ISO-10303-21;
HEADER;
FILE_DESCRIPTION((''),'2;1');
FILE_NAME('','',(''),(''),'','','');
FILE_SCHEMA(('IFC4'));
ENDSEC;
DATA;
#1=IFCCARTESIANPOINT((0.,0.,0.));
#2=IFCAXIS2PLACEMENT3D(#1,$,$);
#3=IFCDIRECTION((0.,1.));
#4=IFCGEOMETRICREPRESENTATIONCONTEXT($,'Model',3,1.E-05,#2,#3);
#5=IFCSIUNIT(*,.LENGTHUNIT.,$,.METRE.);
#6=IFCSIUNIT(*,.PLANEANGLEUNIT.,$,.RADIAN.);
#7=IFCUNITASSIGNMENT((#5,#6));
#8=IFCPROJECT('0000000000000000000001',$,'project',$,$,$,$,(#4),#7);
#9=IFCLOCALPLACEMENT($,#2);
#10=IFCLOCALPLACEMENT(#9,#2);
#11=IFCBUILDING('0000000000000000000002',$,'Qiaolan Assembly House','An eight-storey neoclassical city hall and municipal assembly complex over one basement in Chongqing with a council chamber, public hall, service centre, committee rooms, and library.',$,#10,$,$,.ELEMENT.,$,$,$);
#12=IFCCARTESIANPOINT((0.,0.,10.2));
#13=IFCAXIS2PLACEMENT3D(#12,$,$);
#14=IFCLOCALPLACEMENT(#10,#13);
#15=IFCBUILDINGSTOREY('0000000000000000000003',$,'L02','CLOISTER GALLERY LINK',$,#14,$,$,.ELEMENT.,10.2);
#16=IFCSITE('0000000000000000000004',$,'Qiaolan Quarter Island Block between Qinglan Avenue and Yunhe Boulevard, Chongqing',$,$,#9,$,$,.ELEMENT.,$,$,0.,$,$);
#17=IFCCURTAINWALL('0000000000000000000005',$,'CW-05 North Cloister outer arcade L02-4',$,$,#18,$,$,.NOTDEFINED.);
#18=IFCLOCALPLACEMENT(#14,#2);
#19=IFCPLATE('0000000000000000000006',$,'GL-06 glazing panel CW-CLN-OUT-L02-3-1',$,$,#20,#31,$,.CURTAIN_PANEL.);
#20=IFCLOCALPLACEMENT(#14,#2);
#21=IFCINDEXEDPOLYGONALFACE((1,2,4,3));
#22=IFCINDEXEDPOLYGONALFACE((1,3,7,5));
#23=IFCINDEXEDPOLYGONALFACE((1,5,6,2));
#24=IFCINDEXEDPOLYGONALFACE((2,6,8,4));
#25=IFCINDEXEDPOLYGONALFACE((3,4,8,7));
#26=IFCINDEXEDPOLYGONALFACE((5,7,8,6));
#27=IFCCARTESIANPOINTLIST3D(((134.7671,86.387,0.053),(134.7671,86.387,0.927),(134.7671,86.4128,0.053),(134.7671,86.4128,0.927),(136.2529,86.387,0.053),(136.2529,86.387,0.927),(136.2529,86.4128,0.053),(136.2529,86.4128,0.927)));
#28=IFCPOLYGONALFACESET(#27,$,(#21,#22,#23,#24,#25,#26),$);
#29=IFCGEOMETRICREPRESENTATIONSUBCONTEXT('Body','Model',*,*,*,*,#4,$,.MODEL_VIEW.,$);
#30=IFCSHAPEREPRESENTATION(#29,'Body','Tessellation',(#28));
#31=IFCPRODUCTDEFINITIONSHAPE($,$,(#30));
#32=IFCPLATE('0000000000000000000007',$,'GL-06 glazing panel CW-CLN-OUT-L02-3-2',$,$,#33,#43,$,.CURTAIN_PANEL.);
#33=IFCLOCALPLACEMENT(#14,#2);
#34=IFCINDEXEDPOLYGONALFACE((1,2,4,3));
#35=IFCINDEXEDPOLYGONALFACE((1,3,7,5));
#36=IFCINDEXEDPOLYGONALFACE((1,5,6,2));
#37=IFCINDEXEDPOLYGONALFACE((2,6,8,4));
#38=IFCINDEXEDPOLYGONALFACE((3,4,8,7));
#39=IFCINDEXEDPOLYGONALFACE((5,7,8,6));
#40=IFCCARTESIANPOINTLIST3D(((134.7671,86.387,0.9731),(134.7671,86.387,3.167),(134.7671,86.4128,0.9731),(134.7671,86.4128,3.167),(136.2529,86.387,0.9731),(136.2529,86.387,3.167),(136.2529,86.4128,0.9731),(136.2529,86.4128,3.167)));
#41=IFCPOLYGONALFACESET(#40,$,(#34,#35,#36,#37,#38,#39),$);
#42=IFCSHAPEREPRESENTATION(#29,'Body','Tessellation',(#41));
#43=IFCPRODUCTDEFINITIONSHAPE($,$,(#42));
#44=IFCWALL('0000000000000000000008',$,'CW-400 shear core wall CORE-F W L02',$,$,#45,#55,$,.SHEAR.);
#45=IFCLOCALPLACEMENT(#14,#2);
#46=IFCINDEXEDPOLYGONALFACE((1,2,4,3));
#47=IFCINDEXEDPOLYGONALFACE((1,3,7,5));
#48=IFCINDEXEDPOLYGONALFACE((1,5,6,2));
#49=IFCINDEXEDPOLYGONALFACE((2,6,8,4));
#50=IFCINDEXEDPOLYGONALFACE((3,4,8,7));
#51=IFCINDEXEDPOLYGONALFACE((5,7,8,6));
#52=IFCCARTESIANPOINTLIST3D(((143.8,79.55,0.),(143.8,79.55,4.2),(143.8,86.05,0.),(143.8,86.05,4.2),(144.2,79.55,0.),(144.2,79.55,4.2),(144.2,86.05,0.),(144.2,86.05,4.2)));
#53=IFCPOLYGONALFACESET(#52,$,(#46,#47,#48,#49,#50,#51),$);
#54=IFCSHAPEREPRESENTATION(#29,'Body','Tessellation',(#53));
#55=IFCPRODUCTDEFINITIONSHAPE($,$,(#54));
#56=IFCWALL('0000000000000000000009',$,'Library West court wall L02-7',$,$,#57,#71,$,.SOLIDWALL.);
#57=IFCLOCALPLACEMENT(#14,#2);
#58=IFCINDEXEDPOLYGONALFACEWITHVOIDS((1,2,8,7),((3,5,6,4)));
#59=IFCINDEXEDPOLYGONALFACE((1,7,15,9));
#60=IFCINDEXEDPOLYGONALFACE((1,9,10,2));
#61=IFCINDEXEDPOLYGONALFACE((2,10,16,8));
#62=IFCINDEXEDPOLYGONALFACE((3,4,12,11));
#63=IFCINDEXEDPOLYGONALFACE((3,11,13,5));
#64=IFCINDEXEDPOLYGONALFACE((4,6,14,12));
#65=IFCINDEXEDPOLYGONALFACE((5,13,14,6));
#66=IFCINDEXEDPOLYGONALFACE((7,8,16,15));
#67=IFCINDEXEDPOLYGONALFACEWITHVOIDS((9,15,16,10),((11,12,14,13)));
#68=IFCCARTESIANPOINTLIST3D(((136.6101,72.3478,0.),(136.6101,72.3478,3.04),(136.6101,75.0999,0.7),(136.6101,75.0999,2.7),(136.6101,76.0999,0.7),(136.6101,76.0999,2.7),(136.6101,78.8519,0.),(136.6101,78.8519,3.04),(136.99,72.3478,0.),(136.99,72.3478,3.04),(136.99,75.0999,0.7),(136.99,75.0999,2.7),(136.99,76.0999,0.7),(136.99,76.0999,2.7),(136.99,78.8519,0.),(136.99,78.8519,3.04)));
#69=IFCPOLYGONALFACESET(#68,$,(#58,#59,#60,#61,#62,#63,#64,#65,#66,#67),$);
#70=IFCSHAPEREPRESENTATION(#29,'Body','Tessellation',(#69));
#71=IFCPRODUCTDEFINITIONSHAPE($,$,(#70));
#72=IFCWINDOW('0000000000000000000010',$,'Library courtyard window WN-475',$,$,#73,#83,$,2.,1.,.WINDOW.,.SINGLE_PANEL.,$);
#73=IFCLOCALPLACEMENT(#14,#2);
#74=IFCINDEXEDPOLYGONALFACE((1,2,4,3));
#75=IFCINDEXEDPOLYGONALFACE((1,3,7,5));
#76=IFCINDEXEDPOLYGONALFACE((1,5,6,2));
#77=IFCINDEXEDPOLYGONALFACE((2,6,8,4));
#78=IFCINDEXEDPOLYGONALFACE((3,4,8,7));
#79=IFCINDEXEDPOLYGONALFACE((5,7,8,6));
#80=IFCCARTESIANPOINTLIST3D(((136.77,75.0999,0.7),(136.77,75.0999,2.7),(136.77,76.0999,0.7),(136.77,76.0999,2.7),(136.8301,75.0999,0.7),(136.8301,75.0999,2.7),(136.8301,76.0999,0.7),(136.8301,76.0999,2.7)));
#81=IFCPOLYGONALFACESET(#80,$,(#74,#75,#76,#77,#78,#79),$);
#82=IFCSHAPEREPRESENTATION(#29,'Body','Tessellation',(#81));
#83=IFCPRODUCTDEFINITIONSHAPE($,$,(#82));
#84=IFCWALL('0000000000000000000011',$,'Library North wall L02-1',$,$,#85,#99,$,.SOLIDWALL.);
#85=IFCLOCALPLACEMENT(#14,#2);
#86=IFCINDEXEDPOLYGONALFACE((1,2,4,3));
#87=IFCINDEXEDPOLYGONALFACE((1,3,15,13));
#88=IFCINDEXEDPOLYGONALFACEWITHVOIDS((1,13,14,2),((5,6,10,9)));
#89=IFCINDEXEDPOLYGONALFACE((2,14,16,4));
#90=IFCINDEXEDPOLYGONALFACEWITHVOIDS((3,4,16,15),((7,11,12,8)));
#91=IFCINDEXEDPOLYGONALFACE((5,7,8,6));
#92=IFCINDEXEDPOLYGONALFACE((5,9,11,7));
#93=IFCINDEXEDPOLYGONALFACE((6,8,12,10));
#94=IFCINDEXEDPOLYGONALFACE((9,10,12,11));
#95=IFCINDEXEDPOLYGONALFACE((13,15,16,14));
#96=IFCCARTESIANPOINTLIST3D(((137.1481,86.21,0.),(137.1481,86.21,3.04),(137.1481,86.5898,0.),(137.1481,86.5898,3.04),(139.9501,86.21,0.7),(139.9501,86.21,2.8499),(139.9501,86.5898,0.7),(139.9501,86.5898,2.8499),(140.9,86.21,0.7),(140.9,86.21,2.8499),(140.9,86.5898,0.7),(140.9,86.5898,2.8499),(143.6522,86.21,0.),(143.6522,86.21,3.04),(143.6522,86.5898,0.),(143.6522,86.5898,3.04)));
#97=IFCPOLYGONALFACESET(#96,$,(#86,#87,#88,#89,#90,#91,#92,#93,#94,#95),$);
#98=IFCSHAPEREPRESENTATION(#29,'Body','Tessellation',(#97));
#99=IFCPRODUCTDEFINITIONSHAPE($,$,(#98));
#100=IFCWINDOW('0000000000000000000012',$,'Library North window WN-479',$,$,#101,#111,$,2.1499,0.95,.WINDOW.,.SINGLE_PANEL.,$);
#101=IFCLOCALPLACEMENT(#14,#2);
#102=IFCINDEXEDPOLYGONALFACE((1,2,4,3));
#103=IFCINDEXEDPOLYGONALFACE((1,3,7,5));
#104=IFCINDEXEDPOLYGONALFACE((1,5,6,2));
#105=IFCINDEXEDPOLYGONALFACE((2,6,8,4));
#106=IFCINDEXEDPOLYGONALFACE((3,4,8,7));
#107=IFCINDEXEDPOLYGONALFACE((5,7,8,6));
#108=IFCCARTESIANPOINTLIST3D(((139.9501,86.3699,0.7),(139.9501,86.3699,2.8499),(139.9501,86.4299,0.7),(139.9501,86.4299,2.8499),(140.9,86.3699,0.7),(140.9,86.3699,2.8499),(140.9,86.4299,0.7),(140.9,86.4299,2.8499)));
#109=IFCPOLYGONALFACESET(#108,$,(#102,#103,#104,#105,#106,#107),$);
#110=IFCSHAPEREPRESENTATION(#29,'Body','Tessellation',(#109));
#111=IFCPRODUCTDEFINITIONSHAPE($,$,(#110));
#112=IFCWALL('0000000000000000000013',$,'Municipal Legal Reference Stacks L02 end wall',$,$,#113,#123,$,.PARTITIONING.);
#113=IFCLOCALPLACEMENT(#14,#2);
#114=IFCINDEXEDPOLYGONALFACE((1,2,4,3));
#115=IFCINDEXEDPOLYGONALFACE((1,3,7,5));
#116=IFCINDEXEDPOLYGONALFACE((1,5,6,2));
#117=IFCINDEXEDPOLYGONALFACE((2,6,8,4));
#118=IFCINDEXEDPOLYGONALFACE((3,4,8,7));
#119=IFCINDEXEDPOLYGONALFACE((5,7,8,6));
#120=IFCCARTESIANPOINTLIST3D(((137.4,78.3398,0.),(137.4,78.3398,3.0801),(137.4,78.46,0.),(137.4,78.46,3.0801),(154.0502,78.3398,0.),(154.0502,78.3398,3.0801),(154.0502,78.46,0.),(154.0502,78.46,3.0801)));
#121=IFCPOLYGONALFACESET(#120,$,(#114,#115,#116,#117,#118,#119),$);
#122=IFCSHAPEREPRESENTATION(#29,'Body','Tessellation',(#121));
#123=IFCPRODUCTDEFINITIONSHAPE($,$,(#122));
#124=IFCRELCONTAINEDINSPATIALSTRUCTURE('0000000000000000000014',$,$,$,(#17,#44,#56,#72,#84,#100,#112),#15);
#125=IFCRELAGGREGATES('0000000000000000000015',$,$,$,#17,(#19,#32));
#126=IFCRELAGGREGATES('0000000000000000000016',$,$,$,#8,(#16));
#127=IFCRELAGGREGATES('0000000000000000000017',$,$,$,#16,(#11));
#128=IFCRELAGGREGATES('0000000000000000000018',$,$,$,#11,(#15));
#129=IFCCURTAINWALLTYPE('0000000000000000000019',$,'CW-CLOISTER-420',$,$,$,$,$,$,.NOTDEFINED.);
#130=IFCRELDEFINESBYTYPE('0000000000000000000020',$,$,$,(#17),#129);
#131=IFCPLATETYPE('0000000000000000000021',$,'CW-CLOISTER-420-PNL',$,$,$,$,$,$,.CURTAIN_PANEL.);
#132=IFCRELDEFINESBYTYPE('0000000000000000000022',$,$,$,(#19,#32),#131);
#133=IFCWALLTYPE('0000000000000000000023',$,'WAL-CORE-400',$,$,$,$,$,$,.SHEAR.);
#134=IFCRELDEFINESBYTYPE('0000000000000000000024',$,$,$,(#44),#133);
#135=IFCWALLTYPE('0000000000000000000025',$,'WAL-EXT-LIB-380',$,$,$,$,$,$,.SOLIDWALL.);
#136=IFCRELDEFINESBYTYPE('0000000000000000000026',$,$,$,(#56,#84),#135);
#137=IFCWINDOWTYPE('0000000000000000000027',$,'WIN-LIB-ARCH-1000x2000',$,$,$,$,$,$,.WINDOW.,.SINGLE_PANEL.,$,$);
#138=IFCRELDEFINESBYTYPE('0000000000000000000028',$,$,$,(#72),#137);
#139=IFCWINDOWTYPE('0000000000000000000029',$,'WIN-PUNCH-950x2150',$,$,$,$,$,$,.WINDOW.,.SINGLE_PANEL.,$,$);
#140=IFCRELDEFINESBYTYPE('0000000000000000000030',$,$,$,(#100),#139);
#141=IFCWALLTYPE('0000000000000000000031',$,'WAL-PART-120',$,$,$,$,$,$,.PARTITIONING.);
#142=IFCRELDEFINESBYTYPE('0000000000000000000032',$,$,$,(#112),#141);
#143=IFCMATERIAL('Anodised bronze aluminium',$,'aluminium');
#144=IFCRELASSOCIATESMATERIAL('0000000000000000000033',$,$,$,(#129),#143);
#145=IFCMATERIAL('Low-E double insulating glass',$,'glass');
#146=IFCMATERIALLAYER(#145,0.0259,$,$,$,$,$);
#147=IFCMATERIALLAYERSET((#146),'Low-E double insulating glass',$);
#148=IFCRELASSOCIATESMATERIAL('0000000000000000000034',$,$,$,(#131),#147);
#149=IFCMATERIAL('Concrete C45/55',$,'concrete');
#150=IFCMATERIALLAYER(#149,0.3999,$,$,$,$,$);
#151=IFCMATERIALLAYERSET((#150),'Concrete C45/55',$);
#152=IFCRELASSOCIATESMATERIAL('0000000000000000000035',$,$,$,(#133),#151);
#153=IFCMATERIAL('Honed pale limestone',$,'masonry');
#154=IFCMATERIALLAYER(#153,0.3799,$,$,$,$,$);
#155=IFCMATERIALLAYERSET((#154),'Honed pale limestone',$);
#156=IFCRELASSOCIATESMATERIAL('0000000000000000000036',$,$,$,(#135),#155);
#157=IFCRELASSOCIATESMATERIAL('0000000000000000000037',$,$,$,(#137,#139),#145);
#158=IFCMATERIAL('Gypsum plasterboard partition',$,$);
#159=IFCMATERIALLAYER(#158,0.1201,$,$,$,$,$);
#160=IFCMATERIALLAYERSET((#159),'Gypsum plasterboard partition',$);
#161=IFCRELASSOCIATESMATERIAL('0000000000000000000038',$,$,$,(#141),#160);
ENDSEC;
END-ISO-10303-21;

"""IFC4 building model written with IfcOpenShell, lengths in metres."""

from ifc_helpers import new_model, si_unit, direction, frame, frame_2d, origin, place, context, subcontext, project, spatial, rectangle, extrude, material, layer, layer_set, type_object, element, fill, aggregate, save


model = new_model("IFC4")

# Units and contexts
model_context = context("Model", 3, precision=1e-05, world=origin(), true_north=direction((0.0, 1.0)))
body_context = subcontext(model_context, "Body", "Model", "MODEL_VIEW")
ifc_project = project(units=[si_unit("LENGTHUNIT", "METRE"), si_unit("PLANEANGLEUNIT", "RADIAN")], contexts=[model_context])

# Site, building, storey
site_placement = place(None, origin())
site = spatial("IfcSite", under=ifc_project, at=site_placement, Name="Qiaolan Quarter Island Block between Qinglan Avenue and Yunhe Boulevard, Chongqing", CompositionType="ELEMENT", RefElevation=0.0)
building_placement = place(site_placement, origin())
building = spatial("IfcBuilding", under=site, at=building_placement, Name="Qiaolan Assembly House", Description="An eight-storey neoclassical city hall and municipal assembly complex over one basement in Chongqing with a council chamber, public hall, service centre, committee rooms, and library.", CompositionType="ELEMENT")
storey_placement = place(building_placement, frame((0.0, 0.0, 10.2)))
storey = spatial("IfcBuildingStorey", under=building, at=storey_placement, Name="L02", Description="CLOISTER GALLERY LINK", CompositionType="ELEMENT", Elevation=10.2)

# Shared definitions
ifc_material_1 = material(Name="Concrete C45/55", Category="concrete")

# Curtain wall
ifc_material_2 = material(Name="Anodised bronze aluminium", Category="aluminium")
curtain_wall_type = type_object("IfcCurtainWallType", Name="CW-CLOISTER-420", PredefinedType="NOTDEFINED", material=ifc_material_2)
curtain_wall_1_placement = place(storey_placement, origin())
curtain_wall_1 = element("IfcCurtainWall", 1, at=curtain_wall_1_placement, inside=storey, type_object=curtain_wall_type, Name="CW-05 North Cloister outer arcade L02-4", PredefinedType="NOTDEFINED")

# Plates
ifc_material_3 = material(Name="Low-E double insulating glass", Category="glass")
ifc_layer_1 = layer(ifc_material_3, 0.0259)
ifc_layer_set_1 = layer_set([ifc_layer_1], Name="Low-E double insulating glass")
plate_type = type_object("IfcPlateType", Name="CW-CLOISTER-420-PNL", PredefinedType="CURTAIN_PANEL", material=ifc_layer_set_1)
plate_1_placement = place(storey_placement, frame((136.2529, 86.3999, 0.053), z_axis=(0.0, 0.0, 1.0), x_axis=(-1.0, 0.0, 0.0)))
plate_1 = element("IfcPlate", 2, at=plate_1_placement, type_object=plate_type, Name="GL-06 glazing panel CW-CLN-OUT-L02-3-1", PredefinedType="CURTAIN_PANEL", context=body_context, shape_type="SweptSolid", body=[
    extrude(rectangle(XDim=1.4858, YDim=0.0259, at=frame_2d((0.7429, 0.0))), origin(), (0.0, 0.0, 1.0), 0.874),
])
plate_2_placement = place(storey_placement, frame((136.2529, 86.3999, 0.9731), z_axis=(0.0, 0.0, 1.0), x_axis=(-1.0, 0.0, 0.0)))
plate_2 = element("IfcPlate", 3, at=plate_2_placement, type_object=plate_type, Name="GL-06 glazing panel CW-CLN-OUT-L02-3-2", PredefinedType="CURTAIN_PANEL", context=body_context, shape_type="SweptSolid", body=[
    extrude(rectangle(XDim=1.4858, YDim=0.0259, at=frame_2d((0.7429, 0.0))), origin(), (0.0, 0.0, 1.0), 2.1938),
])
aggregate(curtain_wall_1, [plate_1, plate_2])

# Wall
ifc_layer_2 = layer(ifc_material_1, 0.3999)
ifc_layer_set_2 = layer_set([ifc_layer_2], Name="Concrete C45/55")
wall_type_1 = type_object("IfcWallType", Name="WAL-CORE-400", PredefinedType="SHEAR", material=ifc_layer_set_2)
wall_1_placement = place(storey_placement, frame((144.0, 86.05, 0.0), z_axis=(0.0, 0.0, 1.0), x_axis=(0.0, -1.0, 0.0)))
element("IfcWall", 4, at=wall_1_placement, inside=storey, type_object=wall_type_1, Name="CW-400 shear core wall CORE-F W L02", PredefinedType="SHEAR", context=body_context, shape_type="SweptSolid", body=[
    extrude(rectangle(XDim=6.5, YDim=0.3999, at=frame_2d((3.25, 0.0))), origin(), (0.0, 0.0, 1.0), 4.2),
])

# Walls, openings, windows
ifc_material_4 = material(Name="Honed pale limestone", Category="masonry")
ifc_layer_3 = layer(ifc_material_4, 0.3799)
ifc_layer_set_3 = layer_set([ifc_layer_3], Name="Honed pale limestone")
wall_type_2 = type_object("IfcWallType", Name="WAL-EXT-LIB-380", PredefinedType="SOLIDWALL", material=ifc_layer_set_3)
wall_2_placement = place(storey_placement, frame((136.8, 72.3479, 0.0), z_axis=(0.0, 0.0, 1.0), x_axis=(0.0, 1.0, 0.0)))
wall_2 = element("IfcWall", 5, at=wall_2_placement, inside=storey, type_object=wall_type_2, Name="Library West court wall L02-7", PredefinedType="SOLIDWALL", context=body_context, shape_type="SweptSolid", body=[
    extrude(rectangle(XDim=6.5042, YDim=0.3799, at=frame_2d((3.252, 0.0))), origin(), (0.0, 0.0, 1.0), 3.04),
])
opening_1_placement = place(wall_2_placement, frame((2.752, 0.0, 0.7)))
opening_1 = element("IfcOpeningElement", 6, at=opening_1_placement, cuts=wall_2, PredefinedType="OPENING", context=body_context, shape_type="SweptSolid", body=[
    extrude(rectangle(XDim=1.0, YDim=2.0, at=frame_2d((0.5, 1.0))), frame((0.0, 0.2, 0.0), z_axis=(0.0, -1.0, 0.0), x_axis=(1.0, 0.0, 0.0)), (0.0, 0.0, 1.0), 0.3999),
])
window_type_1 = type_object("IfcWindowType", Name="WIN-LIB-ARCH-1000x2000", PartitioningType="SINGLE_PANEL", PredefinedType="WINDOW", material=ifc_material_3)
window_1_placement = place(opening_1_placement, origin())
window_1 = element("IfcWindow", 7, at=window_1_placement, inside=storey, type_object=window_type_1, Name="Library courtyard window WN-475", OverallHeight=2.0, OverallWidth=1.0, PartitioningType="SINGLE_PANEL", PredefinedType="WINDOW", context=body_context, shape_type="SweptSolid", body=[
    extrude(rectangle(XDim=1.0, YDim=2.0, at=frame_2d((0.5, 1.0))), frame((0.0, 0.03, 0.0), z_axis=(0.0, -1.0, 0.0), x_axis=(1.0, 0.0, 0.0)), (0.0, 0.0, 1.0), 0.0601),
])
fill(opening_1, window_1)
wall_3_placement = place(storey_placement, frame((143.6521, 86.3999, 0.0), z_axis=(0.0, 0.0, 1.0), x_axis=(-1.0, 0.0, 0.0)))
wall_3 = element("IfcWall", 8, at=wall_3_placement, inside=storey, type_object=wall_type_2, Name="Library North wall L02-1", PredefinedType="SOLIDWALL", context=body_context, shape_type="SweptSolid", body=[
    extrude(rectangle(XDim=6.5042, YDim=0.3799, at=frame_2d((3.252, 0.0))), origin(), (0.0, 0.0, 1.0), 3.04),
])
opening_2_placement = place(wall_3_placement, frame((2.752, 0.0, 0.7)))
opening_2 = element("IfcOpeningElement", 9, at=opening_2_placement, cuts=wall_3, PredefinedType="OPENING", context=body_context, shape_type="SweptSolid", body=[
    extrude(rectangle(XDim=0.95, YDim=2.1499, at=frame_2d((0.4751, 1.075))), frame((0.0, 0.2, 0.0), z_axis=(0.0, -1.0, 0.0), x_axis=(1.0, 0.0, 0.0)), (0.0, 0.0, 1.0), 0.3999),
])
window_type_2 = type_object("IfcWindowType", Name="WIN-PUNCH-950x2150", PartitioningType="SINGLE_PANEL", PredefinedType="WINDOW", material=ifc_material_3)
window_2_placement = place(opening_2_placement, origin())
window_2 = element("IfcWindow", 10, at=window_2_placement, inside=storey, type_object=window_type_2, Name="Library North window WN-479", OverallHeight=2.1499, OverallWidth=0.95, PartitioningType="SINGLE_PANEL", PredefinedType="WINDOW", context=body_context, shape_type="SweptSolid", body=[
    extrude(rectangle(XDim=0.95, YDim=2.1499, at=frame_2d((0.4751, 1.075))), frame((0.0, 0.03, 0.0), z_axis=(0.0, -1.0, 0.0), x_axis=(1.0, 0.0, 0.0)), (0.0, 0.0, 1.0), 0.0601),
])
fill(opening_2, window_2)

# Wall
ifc_material_5 = material(Name="Gypsum plasterboard partition")
ifc_layer_4 = layer(ifc_material_5, 0.1201)
ifc_layer_set_4 = layer_set([ifc_layer_4], Name="Gypsum plasterboard partition")
wall_type_3 = type_object("IfcWallType", Name="WAL-PART-120", PredefinedType="PARTITIONING", material=ifc_layer_set_4)
wall_4_placement = place(storey_placement, frame((137.3999, 78.3999, 0.0), z_axis=(0.0, 0.0, 1.0), x_axis=(1.0, 0.0, 0.0)))
element("IfcWall", 11, at=wall_4_placement, inside=storey, type_object=wall_type_3, Name="Municipal Legal Reference Stacks L02 end wall", PredefinedType="PARTITIONING", context=body_context, shape_type="SweptSolid", body=[
    extrude(rectangle(XDim=16.6501, YDim=0.1201, at=frame_2d((8.3252, 0.0))), origin(), (0.0, 0.0, 1.0), 3.0801),
])

save(model, "model.ifc")
